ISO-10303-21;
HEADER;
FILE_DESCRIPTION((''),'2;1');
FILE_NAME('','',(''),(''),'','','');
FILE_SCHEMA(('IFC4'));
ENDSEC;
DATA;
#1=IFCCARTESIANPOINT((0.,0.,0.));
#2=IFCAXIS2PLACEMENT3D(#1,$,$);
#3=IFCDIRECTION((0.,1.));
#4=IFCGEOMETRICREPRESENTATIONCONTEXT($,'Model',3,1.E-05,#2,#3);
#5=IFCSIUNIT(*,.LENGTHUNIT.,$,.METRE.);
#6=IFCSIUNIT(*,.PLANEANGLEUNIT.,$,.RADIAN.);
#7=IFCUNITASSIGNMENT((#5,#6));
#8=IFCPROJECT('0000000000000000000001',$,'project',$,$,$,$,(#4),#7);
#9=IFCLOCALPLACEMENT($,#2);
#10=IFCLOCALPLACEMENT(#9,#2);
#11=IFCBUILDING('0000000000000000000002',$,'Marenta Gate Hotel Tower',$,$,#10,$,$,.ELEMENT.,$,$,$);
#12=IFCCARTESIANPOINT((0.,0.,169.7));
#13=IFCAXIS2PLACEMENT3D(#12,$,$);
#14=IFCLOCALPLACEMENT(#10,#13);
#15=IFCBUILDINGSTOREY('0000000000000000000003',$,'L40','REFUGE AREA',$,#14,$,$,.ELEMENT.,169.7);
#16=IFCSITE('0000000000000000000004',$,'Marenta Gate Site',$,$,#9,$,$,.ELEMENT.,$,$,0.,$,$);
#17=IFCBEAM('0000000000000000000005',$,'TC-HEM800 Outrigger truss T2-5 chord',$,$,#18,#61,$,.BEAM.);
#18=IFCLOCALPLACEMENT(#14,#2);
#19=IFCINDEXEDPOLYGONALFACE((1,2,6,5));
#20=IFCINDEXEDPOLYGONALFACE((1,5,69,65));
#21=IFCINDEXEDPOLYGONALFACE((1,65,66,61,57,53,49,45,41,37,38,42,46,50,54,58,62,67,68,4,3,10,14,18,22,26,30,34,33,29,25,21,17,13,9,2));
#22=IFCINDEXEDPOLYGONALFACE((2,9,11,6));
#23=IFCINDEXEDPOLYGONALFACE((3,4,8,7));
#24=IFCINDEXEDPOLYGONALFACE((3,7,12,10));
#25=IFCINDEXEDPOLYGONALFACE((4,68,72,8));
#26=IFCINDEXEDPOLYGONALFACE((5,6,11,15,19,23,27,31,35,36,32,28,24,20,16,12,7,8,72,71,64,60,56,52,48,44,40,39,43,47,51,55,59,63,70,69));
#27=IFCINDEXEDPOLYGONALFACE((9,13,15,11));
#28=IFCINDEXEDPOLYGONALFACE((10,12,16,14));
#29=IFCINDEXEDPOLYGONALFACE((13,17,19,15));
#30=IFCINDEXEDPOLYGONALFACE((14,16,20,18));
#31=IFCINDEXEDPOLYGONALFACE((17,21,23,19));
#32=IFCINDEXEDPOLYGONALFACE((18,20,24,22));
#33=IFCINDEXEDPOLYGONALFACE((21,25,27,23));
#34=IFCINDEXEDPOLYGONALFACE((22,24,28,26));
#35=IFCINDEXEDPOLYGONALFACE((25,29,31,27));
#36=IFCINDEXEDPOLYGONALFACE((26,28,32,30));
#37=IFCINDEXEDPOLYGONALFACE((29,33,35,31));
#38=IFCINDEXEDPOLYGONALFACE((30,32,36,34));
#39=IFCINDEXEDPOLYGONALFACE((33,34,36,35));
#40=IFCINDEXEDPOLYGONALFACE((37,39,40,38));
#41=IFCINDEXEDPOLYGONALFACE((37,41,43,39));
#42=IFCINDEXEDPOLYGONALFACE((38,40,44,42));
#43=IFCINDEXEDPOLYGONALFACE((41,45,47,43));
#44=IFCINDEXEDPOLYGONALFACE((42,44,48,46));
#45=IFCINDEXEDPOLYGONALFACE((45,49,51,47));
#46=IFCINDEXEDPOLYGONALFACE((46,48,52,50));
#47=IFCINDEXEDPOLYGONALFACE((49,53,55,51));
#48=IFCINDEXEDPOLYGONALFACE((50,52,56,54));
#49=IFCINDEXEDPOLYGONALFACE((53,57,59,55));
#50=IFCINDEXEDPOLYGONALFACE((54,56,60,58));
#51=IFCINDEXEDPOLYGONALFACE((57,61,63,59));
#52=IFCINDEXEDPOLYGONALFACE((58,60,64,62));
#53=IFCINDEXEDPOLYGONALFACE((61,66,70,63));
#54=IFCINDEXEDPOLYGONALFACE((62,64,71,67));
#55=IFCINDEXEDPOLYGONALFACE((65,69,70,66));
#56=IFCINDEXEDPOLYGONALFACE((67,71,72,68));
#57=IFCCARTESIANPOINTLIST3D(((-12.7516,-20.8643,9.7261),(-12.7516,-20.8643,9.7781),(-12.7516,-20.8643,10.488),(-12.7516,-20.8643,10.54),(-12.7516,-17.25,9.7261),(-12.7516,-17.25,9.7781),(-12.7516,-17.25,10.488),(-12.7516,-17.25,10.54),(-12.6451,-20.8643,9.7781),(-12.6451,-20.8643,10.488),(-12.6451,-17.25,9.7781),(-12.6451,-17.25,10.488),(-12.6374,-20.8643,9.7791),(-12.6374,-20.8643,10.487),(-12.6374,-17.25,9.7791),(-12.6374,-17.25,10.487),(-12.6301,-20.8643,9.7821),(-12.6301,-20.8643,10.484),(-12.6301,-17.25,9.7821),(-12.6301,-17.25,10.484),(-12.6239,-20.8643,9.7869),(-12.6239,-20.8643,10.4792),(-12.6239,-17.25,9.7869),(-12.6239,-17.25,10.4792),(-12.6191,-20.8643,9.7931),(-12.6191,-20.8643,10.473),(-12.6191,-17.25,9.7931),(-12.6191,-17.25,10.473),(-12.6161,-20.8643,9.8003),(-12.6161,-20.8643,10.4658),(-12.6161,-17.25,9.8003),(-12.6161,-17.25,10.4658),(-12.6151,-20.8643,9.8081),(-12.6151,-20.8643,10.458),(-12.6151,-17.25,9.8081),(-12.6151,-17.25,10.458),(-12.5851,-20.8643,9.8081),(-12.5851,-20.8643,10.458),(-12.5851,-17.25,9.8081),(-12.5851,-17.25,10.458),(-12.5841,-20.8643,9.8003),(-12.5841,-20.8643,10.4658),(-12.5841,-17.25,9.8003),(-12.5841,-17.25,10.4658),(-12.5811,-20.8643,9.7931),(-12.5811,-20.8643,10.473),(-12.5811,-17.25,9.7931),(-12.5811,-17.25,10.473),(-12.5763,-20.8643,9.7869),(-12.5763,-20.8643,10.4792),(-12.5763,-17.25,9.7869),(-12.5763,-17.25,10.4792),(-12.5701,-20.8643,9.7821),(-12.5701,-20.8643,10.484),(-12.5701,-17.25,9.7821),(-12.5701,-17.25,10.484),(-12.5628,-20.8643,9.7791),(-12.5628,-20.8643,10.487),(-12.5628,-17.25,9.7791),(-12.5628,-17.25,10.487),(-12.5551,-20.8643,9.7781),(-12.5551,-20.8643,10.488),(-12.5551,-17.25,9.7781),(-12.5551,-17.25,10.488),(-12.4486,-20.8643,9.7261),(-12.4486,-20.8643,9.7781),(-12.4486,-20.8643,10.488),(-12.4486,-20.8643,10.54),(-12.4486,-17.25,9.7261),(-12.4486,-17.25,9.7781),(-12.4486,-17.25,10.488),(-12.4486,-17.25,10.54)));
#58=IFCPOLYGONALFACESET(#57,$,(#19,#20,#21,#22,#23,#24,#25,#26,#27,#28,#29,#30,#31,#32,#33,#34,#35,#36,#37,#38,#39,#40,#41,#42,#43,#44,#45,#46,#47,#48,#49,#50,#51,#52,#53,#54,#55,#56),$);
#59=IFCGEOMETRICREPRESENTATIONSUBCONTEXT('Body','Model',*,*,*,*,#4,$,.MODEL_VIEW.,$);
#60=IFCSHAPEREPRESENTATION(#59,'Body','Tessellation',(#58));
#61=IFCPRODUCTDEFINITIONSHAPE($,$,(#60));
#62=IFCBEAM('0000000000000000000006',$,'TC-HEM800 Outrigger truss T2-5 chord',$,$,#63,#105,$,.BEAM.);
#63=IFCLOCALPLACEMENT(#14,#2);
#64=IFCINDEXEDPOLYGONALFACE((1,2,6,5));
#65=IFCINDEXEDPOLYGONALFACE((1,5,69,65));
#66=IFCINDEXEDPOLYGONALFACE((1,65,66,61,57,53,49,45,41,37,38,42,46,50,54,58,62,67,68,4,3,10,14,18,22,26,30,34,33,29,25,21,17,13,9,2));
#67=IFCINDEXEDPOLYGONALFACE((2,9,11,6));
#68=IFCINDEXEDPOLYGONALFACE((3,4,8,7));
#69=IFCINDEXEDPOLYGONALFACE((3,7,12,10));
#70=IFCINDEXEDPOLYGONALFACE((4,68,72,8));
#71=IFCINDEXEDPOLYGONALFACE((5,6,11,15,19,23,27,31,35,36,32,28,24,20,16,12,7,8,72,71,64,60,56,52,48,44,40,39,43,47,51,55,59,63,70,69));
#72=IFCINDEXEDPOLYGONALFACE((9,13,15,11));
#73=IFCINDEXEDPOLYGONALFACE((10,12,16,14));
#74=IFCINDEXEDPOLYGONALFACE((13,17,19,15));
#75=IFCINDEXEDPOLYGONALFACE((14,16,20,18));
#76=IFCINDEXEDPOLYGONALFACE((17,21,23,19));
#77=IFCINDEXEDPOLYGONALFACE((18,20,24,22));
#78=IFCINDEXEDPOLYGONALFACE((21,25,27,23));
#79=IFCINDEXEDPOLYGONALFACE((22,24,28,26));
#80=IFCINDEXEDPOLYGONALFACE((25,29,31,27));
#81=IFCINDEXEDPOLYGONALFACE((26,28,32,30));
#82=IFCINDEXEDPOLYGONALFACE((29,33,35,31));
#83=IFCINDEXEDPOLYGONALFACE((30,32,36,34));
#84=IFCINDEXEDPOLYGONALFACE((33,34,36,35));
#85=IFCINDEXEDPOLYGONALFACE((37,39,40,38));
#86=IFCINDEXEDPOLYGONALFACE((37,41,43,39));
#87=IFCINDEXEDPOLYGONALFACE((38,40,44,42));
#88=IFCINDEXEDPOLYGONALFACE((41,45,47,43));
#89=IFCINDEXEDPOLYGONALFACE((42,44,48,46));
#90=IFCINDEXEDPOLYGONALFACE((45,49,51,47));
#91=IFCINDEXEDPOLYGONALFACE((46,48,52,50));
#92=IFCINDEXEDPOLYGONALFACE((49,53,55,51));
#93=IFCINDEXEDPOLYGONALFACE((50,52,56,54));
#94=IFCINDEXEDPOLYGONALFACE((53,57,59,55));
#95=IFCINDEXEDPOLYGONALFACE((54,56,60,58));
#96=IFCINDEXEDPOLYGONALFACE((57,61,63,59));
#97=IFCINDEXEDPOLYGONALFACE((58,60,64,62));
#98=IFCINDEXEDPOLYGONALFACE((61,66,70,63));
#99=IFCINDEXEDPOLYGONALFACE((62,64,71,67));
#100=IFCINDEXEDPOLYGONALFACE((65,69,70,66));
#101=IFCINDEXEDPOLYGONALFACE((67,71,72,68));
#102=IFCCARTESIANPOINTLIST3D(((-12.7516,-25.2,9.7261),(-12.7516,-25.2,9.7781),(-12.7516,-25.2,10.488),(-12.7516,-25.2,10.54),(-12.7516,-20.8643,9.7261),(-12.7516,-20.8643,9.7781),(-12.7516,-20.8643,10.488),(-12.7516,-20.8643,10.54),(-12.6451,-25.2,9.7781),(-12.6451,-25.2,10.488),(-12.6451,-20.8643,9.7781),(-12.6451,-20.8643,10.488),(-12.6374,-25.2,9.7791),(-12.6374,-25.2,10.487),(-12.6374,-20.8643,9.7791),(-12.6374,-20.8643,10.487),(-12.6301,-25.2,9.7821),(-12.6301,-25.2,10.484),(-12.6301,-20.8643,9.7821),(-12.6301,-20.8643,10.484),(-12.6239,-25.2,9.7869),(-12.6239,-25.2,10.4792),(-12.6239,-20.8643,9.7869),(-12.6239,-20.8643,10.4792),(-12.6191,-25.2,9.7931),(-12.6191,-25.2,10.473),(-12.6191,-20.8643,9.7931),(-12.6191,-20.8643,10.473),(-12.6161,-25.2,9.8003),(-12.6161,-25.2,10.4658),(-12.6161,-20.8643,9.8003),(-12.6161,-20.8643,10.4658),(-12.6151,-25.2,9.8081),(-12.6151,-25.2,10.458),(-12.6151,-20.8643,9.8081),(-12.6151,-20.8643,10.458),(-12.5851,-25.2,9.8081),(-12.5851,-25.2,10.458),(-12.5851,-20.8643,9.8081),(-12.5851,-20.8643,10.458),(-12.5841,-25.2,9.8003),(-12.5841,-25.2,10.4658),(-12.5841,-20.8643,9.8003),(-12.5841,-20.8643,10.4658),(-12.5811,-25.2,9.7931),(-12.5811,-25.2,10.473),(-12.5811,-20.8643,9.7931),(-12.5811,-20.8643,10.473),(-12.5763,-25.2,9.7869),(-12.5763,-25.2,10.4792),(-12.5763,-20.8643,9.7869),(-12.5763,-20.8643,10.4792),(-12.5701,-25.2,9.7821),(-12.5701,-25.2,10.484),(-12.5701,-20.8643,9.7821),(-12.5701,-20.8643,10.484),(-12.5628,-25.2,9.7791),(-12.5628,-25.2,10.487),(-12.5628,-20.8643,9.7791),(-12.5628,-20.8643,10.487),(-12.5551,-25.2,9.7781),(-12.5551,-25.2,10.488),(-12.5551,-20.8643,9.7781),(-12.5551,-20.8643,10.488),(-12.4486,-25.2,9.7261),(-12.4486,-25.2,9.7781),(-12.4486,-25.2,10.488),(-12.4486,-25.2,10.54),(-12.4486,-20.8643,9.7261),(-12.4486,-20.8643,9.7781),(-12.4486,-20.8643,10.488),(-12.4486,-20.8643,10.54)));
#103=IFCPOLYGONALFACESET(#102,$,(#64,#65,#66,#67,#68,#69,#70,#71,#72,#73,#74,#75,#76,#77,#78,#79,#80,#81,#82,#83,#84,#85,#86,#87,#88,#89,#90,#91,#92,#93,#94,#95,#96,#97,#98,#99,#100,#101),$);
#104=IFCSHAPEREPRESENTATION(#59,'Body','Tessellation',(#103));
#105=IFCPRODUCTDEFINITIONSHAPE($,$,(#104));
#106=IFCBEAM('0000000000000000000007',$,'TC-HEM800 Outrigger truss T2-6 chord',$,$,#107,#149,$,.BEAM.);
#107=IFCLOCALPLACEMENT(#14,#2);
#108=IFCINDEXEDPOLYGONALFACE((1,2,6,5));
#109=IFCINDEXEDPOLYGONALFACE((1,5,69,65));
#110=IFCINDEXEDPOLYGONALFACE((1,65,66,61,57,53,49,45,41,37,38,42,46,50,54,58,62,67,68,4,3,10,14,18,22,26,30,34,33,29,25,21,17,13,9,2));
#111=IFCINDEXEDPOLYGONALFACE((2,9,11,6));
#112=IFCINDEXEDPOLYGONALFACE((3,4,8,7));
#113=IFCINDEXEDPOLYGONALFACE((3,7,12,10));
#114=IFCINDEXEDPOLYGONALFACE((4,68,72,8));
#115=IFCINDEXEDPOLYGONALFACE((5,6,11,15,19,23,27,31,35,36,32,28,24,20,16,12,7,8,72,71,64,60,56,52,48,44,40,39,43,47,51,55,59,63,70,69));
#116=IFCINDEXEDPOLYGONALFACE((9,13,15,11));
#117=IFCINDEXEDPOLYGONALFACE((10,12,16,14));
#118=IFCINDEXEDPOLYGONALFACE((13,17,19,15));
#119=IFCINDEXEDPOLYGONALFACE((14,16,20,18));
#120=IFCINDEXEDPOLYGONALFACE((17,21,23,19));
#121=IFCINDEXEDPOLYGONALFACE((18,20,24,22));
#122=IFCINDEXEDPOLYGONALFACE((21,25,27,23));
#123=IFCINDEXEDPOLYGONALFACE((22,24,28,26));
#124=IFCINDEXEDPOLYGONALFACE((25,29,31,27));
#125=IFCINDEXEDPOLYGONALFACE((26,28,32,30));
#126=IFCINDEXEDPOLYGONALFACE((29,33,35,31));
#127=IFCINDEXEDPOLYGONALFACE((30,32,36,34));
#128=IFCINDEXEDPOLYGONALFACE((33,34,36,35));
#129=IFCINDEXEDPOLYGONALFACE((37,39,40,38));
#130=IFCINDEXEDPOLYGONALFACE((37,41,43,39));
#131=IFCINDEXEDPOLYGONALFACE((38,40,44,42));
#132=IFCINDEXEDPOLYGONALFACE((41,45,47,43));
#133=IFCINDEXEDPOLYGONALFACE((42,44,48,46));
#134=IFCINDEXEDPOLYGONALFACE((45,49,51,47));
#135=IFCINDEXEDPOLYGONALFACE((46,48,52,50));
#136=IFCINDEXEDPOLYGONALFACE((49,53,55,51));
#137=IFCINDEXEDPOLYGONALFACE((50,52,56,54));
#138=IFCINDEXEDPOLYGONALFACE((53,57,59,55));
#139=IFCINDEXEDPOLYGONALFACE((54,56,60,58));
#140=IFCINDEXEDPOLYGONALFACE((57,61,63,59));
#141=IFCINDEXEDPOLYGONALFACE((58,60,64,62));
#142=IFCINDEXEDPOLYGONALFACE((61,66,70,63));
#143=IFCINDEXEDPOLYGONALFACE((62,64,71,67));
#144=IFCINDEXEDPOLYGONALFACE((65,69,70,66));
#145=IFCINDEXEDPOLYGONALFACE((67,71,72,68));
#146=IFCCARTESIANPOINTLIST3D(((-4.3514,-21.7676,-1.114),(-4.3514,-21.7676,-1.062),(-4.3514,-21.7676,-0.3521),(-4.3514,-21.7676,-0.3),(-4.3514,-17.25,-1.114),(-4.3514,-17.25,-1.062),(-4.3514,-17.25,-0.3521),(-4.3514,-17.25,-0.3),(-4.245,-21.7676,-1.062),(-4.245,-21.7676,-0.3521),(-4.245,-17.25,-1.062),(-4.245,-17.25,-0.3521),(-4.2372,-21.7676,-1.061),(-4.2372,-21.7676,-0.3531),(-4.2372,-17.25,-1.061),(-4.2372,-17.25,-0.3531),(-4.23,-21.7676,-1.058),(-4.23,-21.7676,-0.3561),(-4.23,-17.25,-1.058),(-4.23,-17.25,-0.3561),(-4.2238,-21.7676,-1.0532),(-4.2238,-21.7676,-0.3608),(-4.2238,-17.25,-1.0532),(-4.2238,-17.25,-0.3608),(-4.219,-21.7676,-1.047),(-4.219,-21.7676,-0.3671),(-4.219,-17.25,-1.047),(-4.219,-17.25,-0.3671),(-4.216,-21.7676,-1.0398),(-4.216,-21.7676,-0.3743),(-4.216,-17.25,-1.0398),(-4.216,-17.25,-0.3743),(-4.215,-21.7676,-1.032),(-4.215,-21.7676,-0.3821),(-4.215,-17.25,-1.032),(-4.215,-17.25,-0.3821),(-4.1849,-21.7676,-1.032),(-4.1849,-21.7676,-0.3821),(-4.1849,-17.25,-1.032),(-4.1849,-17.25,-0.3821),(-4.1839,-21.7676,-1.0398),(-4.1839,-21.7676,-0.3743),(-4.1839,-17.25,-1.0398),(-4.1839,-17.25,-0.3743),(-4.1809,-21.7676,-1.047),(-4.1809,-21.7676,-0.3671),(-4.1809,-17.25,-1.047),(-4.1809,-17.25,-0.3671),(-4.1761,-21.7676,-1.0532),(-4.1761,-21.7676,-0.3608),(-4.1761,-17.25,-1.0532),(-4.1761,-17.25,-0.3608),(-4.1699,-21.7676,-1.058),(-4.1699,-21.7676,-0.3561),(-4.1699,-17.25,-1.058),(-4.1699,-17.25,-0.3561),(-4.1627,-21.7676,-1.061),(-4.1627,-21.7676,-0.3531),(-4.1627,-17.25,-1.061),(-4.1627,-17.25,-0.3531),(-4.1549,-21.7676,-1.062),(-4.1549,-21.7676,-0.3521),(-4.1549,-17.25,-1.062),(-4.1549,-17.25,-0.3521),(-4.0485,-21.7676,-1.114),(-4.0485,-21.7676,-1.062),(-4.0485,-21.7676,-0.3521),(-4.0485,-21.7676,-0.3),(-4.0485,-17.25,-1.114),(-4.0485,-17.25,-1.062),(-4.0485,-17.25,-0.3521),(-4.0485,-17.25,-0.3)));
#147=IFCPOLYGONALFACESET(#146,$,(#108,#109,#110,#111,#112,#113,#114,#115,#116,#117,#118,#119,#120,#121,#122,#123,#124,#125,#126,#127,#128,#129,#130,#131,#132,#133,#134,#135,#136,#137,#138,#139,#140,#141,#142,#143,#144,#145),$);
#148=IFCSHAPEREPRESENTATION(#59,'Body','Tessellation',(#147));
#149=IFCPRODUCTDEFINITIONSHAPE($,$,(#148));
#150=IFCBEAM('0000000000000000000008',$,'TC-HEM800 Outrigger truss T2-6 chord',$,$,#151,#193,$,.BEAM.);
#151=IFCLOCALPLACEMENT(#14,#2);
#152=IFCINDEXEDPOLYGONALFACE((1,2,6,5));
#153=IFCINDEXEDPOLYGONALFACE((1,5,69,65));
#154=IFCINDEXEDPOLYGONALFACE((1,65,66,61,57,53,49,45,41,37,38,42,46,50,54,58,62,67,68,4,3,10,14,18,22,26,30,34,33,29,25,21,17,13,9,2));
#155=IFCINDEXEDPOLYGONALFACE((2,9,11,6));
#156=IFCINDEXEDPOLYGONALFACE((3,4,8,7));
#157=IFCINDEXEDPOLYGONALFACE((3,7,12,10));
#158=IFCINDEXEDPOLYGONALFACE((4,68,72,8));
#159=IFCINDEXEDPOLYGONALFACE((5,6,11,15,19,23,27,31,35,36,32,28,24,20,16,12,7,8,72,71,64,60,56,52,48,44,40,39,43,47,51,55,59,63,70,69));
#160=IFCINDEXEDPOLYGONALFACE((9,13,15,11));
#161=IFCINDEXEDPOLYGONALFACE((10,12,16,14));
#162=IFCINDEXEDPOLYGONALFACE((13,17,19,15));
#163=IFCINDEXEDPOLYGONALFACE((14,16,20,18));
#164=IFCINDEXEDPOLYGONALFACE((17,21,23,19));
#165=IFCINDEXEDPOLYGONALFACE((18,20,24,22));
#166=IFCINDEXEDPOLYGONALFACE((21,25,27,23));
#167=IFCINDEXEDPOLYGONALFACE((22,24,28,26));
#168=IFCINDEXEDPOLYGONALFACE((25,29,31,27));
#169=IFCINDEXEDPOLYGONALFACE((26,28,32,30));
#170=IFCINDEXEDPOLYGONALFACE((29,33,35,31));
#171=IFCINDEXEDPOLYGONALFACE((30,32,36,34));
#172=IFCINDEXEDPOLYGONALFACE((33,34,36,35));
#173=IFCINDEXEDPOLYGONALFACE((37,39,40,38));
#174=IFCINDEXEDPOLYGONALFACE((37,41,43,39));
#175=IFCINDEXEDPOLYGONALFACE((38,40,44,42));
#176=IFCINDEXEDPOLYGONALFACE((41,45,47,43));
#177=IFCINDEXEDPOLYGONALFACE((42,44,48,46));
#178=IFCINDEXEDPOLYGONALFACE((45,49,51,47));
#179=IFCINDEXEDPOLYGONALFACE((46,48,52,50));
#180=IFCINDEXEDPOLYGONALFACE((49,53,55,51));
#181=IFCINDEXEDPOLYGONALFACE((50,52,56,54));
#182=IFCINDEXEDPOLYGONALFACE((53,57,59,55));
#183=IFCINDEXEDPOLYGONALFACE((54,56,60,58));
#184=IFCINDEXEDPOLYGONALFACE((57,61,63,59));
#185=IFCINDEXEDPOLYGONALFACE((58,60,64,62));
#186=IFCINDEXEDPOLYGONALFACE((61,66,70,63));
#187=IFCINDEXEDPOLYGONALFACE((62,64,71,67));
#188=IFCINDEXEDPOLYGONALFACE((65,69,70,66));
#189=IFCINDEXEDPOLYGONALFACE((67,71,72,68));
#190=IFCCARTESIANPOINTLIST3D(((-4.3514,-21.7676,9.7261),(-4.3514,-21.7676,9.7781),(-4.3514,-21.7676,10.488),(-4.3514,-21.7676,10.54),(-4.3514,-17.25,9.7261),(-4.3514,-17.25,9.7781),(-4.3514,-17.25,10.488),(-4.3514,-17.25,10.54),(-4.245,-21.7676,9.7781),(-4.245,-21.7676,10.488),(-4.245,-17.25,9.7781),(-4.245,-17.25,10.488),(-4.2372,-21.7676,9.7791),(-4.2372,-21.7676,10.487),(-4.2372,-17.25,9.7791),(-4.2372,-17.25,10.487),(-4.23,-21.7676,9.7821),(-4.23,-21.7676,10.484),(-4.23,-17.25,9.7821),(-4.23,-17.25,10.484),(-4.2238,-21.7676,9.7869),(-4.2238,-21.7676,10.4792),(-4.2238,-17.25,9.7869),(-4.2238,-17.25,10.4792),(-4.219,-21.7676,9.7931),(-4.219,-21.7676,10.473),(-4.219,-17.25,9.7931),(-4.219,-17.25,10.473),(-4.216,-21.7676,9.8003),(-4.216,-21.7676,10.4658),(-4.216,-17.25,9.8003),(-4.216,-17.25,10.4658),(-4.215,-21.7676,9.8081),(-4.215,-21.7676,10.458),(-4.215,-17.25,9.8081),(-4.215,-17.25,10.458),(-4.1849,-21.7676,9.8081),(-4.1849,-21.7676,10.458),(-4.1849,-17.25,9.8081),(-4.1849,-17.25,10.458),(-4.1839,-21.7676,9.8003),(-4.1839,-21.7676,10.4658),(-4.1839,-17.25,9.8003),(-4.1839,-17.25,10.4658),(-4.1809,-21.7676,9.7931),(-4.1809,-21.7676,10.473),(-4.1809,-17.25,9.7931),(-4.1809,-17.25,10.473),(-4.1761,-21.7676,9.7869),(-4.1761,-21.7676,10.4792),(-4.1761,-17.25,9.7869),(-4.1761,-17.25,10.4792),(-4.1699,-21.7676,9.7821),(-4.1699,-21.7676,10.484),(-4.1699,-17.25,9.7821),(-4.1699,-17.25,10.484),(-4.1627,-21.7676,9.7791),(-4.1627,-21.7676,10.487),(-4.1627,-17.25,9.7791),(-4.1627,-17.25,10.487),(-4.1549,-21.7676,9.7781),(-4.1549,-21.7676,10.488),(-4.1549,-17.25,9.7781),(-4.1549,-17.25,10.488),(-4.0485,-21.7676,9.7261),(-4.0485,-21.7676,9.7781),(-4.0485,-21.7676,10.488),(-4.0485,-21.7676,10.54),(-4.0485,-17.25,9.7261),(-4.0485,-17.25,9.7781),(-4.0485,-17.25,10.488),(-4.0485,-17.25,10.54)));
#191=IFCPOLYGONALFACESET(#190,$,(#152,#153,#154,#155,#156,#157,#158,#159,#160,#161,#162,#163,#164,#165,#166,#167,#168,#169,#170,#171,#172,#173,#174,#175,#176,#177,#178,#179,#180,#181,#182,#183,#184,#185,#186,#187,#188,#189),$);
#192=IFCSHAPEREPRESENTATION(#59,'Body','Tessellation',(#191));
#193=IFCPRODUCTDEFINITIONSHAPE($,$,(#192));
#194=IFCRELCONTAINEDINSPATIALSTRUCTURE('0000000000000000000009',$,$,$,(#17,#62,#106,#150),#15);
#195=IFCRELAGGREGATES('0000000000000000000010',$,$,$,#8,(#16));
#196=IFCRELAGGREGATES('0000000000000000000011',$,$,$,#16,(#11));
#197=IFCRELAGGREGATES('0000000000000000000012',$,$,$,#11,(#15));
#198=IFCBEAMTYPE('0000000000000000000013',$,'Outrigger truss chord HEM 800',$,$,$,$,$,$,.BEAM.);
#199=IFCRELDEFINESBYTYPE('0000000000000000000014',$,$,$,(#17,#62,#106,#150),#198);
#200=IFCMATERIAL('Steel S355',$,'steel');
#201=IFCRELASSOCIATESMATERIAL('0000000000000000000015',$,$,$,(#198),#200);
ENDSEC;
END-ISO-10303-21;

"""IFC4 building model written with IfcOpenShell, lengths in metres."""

from ifc_helpers import new_model, si_unit, direction, frame, origin, origin_2d, place, context, subcontext, project, spatial, i_section, extrude, material, material_profile, profile_set, type_object, element, save


model = new_model("IFC4")

# Units and contexts
model_context = context("Model", 3, precision=1e-05, world=origin(), true_north=direction((0.0, 1.0)))
body_context = subcontext(model_context, "Body", "Model", "MODEL_VIEW")
ifc_project = project(units=[si_unit("LENGTHUNIT", "METRE"), si_unit("PLANEANGLEUNIT", "RADIAN")], contexts=[model_context])

# Site, building, storey
site_placement = place(None, origin())
site = spatial("IfcSite", under=ifc_project, at=site_placement, Name="Marenta Gate Site", CompositionType="ELEMENT", RefElevation=0.0)
building_placement = place(site_placement, origin())
building = spatial("IfcBuilding", under=site, at=building_placement, Name="Marenta Gate Hotel Tower", CompositionType="ELEMENT")
storey_placement = place(building_placement, frame((0.0, 0.0, 169.7)))
storey = spatial("IfcBuildingStorey", under=building, at=storey_placement, Name="L40", Description="REFUGE AREA", CompositionType="ELEMENT", Elevation=169.7)

# Beams
ifc_material_1 = material(Name="Steel S355", Category="steel")
ifc_material_profile_1 = material_profile(ifc_material_1, i_section(OverallWidth=0.303, OverallDepth=0.814, WebThickness=0.03, FlangeThickness=0.052, FilletRadius=0.03, at=origin_2d()), Name="HEM 800")
ifc_profile_set_1 = profile_set([ifc_material_profile_1], Name="Steel S355")
beam_type_1 = type_object("IfcBeamType", Name="Outrigger truss chord HEM 800", PredefinedType="BEAM", material=ifc_profile_set_1)
for number, where, z_axis, x_axis, name in (
    (1, (-12.6001, -17.25, 10.1331), (0.0, -1.0, 0.0), (1.0, 0.0, 0.0), "TC-HEM800 Outrigger truss T2-5 chord"),
):
    element("IfcBeam", number, at=place(storey_placement, frame(where, z_axis=z_axis, x_axis=x_axis)), inside=storey, type_object=beam_type_1, Name=name, PredefinedType="BEAM", context=body_context, shape_type="SweptSolid", body=[
        extrude(i_section(OverallWidth=0.303, OverallDepth=0.814, WebThickness=0.03, FlangeThickness=0.052, FilletRadius=0.03, at=origin_2d()), origin(), (0.0, 0.0, 1.0), 3.6143),
    ])
beam_1_placement = place(storey_placement, frame((-12.6001, -20.8643, 10.1331), z_axis=(0.0, -1.0, 0.0), x_axis=(1.0, 0.0, 0.0)))
element("IfcBeam", 2, at=beam_1_placement, inside=storey, type_object=beam_type_1, Name="TC-HEM800 Outrigger truss T2-5 chord", PredefinedType="BEAM", context=body_context, shape_type="SweptSolid", body=[
    extrude(i_section(OverallWidth=0.303, OverallDepth=0.814, WebThickness=0.03, FlangeThickness=0.052, FilletRadius=0.03, at=origin_2d()), origin(), (0.0, 0.0, 1.0), 4.3357),
])
for number, where, z_axis, x_axis, name in (
    (3, (-4.2, -17.25, -0.707), (0.0, -1.0, 0.0), (1.0, 0.0, 0.0), "TC-HEM800 Outrigger truss T2-6 chord"),
    (4, (-4.2, -17.25, 10.1331), (0.0, -1.0, 0.0), (1.0, 0.0, 0.0), "TC-HEM800 Outrigger truss T2-6 chord"),
):
    element("IfcBeam", number, at=place(storey_placement, frame(where, z_axis=z_axis, x_axis=x_axis)), inside=storey, type_object=beam_type_1, Name=name, PredefinedType="BEAM", context=body_context, shape_type="SweptSolid", body=[
        extrude(i_section(OverallWidth=0.303, OverallDepth=0.814, WebThickness=0.03, FlangeThickness=0.052, FilletRadius=0.03, at=origin_2d()), origin(), (0.0, 0.0, 1.0), 4.5176),
    ])

save(model, "model.ifc")
